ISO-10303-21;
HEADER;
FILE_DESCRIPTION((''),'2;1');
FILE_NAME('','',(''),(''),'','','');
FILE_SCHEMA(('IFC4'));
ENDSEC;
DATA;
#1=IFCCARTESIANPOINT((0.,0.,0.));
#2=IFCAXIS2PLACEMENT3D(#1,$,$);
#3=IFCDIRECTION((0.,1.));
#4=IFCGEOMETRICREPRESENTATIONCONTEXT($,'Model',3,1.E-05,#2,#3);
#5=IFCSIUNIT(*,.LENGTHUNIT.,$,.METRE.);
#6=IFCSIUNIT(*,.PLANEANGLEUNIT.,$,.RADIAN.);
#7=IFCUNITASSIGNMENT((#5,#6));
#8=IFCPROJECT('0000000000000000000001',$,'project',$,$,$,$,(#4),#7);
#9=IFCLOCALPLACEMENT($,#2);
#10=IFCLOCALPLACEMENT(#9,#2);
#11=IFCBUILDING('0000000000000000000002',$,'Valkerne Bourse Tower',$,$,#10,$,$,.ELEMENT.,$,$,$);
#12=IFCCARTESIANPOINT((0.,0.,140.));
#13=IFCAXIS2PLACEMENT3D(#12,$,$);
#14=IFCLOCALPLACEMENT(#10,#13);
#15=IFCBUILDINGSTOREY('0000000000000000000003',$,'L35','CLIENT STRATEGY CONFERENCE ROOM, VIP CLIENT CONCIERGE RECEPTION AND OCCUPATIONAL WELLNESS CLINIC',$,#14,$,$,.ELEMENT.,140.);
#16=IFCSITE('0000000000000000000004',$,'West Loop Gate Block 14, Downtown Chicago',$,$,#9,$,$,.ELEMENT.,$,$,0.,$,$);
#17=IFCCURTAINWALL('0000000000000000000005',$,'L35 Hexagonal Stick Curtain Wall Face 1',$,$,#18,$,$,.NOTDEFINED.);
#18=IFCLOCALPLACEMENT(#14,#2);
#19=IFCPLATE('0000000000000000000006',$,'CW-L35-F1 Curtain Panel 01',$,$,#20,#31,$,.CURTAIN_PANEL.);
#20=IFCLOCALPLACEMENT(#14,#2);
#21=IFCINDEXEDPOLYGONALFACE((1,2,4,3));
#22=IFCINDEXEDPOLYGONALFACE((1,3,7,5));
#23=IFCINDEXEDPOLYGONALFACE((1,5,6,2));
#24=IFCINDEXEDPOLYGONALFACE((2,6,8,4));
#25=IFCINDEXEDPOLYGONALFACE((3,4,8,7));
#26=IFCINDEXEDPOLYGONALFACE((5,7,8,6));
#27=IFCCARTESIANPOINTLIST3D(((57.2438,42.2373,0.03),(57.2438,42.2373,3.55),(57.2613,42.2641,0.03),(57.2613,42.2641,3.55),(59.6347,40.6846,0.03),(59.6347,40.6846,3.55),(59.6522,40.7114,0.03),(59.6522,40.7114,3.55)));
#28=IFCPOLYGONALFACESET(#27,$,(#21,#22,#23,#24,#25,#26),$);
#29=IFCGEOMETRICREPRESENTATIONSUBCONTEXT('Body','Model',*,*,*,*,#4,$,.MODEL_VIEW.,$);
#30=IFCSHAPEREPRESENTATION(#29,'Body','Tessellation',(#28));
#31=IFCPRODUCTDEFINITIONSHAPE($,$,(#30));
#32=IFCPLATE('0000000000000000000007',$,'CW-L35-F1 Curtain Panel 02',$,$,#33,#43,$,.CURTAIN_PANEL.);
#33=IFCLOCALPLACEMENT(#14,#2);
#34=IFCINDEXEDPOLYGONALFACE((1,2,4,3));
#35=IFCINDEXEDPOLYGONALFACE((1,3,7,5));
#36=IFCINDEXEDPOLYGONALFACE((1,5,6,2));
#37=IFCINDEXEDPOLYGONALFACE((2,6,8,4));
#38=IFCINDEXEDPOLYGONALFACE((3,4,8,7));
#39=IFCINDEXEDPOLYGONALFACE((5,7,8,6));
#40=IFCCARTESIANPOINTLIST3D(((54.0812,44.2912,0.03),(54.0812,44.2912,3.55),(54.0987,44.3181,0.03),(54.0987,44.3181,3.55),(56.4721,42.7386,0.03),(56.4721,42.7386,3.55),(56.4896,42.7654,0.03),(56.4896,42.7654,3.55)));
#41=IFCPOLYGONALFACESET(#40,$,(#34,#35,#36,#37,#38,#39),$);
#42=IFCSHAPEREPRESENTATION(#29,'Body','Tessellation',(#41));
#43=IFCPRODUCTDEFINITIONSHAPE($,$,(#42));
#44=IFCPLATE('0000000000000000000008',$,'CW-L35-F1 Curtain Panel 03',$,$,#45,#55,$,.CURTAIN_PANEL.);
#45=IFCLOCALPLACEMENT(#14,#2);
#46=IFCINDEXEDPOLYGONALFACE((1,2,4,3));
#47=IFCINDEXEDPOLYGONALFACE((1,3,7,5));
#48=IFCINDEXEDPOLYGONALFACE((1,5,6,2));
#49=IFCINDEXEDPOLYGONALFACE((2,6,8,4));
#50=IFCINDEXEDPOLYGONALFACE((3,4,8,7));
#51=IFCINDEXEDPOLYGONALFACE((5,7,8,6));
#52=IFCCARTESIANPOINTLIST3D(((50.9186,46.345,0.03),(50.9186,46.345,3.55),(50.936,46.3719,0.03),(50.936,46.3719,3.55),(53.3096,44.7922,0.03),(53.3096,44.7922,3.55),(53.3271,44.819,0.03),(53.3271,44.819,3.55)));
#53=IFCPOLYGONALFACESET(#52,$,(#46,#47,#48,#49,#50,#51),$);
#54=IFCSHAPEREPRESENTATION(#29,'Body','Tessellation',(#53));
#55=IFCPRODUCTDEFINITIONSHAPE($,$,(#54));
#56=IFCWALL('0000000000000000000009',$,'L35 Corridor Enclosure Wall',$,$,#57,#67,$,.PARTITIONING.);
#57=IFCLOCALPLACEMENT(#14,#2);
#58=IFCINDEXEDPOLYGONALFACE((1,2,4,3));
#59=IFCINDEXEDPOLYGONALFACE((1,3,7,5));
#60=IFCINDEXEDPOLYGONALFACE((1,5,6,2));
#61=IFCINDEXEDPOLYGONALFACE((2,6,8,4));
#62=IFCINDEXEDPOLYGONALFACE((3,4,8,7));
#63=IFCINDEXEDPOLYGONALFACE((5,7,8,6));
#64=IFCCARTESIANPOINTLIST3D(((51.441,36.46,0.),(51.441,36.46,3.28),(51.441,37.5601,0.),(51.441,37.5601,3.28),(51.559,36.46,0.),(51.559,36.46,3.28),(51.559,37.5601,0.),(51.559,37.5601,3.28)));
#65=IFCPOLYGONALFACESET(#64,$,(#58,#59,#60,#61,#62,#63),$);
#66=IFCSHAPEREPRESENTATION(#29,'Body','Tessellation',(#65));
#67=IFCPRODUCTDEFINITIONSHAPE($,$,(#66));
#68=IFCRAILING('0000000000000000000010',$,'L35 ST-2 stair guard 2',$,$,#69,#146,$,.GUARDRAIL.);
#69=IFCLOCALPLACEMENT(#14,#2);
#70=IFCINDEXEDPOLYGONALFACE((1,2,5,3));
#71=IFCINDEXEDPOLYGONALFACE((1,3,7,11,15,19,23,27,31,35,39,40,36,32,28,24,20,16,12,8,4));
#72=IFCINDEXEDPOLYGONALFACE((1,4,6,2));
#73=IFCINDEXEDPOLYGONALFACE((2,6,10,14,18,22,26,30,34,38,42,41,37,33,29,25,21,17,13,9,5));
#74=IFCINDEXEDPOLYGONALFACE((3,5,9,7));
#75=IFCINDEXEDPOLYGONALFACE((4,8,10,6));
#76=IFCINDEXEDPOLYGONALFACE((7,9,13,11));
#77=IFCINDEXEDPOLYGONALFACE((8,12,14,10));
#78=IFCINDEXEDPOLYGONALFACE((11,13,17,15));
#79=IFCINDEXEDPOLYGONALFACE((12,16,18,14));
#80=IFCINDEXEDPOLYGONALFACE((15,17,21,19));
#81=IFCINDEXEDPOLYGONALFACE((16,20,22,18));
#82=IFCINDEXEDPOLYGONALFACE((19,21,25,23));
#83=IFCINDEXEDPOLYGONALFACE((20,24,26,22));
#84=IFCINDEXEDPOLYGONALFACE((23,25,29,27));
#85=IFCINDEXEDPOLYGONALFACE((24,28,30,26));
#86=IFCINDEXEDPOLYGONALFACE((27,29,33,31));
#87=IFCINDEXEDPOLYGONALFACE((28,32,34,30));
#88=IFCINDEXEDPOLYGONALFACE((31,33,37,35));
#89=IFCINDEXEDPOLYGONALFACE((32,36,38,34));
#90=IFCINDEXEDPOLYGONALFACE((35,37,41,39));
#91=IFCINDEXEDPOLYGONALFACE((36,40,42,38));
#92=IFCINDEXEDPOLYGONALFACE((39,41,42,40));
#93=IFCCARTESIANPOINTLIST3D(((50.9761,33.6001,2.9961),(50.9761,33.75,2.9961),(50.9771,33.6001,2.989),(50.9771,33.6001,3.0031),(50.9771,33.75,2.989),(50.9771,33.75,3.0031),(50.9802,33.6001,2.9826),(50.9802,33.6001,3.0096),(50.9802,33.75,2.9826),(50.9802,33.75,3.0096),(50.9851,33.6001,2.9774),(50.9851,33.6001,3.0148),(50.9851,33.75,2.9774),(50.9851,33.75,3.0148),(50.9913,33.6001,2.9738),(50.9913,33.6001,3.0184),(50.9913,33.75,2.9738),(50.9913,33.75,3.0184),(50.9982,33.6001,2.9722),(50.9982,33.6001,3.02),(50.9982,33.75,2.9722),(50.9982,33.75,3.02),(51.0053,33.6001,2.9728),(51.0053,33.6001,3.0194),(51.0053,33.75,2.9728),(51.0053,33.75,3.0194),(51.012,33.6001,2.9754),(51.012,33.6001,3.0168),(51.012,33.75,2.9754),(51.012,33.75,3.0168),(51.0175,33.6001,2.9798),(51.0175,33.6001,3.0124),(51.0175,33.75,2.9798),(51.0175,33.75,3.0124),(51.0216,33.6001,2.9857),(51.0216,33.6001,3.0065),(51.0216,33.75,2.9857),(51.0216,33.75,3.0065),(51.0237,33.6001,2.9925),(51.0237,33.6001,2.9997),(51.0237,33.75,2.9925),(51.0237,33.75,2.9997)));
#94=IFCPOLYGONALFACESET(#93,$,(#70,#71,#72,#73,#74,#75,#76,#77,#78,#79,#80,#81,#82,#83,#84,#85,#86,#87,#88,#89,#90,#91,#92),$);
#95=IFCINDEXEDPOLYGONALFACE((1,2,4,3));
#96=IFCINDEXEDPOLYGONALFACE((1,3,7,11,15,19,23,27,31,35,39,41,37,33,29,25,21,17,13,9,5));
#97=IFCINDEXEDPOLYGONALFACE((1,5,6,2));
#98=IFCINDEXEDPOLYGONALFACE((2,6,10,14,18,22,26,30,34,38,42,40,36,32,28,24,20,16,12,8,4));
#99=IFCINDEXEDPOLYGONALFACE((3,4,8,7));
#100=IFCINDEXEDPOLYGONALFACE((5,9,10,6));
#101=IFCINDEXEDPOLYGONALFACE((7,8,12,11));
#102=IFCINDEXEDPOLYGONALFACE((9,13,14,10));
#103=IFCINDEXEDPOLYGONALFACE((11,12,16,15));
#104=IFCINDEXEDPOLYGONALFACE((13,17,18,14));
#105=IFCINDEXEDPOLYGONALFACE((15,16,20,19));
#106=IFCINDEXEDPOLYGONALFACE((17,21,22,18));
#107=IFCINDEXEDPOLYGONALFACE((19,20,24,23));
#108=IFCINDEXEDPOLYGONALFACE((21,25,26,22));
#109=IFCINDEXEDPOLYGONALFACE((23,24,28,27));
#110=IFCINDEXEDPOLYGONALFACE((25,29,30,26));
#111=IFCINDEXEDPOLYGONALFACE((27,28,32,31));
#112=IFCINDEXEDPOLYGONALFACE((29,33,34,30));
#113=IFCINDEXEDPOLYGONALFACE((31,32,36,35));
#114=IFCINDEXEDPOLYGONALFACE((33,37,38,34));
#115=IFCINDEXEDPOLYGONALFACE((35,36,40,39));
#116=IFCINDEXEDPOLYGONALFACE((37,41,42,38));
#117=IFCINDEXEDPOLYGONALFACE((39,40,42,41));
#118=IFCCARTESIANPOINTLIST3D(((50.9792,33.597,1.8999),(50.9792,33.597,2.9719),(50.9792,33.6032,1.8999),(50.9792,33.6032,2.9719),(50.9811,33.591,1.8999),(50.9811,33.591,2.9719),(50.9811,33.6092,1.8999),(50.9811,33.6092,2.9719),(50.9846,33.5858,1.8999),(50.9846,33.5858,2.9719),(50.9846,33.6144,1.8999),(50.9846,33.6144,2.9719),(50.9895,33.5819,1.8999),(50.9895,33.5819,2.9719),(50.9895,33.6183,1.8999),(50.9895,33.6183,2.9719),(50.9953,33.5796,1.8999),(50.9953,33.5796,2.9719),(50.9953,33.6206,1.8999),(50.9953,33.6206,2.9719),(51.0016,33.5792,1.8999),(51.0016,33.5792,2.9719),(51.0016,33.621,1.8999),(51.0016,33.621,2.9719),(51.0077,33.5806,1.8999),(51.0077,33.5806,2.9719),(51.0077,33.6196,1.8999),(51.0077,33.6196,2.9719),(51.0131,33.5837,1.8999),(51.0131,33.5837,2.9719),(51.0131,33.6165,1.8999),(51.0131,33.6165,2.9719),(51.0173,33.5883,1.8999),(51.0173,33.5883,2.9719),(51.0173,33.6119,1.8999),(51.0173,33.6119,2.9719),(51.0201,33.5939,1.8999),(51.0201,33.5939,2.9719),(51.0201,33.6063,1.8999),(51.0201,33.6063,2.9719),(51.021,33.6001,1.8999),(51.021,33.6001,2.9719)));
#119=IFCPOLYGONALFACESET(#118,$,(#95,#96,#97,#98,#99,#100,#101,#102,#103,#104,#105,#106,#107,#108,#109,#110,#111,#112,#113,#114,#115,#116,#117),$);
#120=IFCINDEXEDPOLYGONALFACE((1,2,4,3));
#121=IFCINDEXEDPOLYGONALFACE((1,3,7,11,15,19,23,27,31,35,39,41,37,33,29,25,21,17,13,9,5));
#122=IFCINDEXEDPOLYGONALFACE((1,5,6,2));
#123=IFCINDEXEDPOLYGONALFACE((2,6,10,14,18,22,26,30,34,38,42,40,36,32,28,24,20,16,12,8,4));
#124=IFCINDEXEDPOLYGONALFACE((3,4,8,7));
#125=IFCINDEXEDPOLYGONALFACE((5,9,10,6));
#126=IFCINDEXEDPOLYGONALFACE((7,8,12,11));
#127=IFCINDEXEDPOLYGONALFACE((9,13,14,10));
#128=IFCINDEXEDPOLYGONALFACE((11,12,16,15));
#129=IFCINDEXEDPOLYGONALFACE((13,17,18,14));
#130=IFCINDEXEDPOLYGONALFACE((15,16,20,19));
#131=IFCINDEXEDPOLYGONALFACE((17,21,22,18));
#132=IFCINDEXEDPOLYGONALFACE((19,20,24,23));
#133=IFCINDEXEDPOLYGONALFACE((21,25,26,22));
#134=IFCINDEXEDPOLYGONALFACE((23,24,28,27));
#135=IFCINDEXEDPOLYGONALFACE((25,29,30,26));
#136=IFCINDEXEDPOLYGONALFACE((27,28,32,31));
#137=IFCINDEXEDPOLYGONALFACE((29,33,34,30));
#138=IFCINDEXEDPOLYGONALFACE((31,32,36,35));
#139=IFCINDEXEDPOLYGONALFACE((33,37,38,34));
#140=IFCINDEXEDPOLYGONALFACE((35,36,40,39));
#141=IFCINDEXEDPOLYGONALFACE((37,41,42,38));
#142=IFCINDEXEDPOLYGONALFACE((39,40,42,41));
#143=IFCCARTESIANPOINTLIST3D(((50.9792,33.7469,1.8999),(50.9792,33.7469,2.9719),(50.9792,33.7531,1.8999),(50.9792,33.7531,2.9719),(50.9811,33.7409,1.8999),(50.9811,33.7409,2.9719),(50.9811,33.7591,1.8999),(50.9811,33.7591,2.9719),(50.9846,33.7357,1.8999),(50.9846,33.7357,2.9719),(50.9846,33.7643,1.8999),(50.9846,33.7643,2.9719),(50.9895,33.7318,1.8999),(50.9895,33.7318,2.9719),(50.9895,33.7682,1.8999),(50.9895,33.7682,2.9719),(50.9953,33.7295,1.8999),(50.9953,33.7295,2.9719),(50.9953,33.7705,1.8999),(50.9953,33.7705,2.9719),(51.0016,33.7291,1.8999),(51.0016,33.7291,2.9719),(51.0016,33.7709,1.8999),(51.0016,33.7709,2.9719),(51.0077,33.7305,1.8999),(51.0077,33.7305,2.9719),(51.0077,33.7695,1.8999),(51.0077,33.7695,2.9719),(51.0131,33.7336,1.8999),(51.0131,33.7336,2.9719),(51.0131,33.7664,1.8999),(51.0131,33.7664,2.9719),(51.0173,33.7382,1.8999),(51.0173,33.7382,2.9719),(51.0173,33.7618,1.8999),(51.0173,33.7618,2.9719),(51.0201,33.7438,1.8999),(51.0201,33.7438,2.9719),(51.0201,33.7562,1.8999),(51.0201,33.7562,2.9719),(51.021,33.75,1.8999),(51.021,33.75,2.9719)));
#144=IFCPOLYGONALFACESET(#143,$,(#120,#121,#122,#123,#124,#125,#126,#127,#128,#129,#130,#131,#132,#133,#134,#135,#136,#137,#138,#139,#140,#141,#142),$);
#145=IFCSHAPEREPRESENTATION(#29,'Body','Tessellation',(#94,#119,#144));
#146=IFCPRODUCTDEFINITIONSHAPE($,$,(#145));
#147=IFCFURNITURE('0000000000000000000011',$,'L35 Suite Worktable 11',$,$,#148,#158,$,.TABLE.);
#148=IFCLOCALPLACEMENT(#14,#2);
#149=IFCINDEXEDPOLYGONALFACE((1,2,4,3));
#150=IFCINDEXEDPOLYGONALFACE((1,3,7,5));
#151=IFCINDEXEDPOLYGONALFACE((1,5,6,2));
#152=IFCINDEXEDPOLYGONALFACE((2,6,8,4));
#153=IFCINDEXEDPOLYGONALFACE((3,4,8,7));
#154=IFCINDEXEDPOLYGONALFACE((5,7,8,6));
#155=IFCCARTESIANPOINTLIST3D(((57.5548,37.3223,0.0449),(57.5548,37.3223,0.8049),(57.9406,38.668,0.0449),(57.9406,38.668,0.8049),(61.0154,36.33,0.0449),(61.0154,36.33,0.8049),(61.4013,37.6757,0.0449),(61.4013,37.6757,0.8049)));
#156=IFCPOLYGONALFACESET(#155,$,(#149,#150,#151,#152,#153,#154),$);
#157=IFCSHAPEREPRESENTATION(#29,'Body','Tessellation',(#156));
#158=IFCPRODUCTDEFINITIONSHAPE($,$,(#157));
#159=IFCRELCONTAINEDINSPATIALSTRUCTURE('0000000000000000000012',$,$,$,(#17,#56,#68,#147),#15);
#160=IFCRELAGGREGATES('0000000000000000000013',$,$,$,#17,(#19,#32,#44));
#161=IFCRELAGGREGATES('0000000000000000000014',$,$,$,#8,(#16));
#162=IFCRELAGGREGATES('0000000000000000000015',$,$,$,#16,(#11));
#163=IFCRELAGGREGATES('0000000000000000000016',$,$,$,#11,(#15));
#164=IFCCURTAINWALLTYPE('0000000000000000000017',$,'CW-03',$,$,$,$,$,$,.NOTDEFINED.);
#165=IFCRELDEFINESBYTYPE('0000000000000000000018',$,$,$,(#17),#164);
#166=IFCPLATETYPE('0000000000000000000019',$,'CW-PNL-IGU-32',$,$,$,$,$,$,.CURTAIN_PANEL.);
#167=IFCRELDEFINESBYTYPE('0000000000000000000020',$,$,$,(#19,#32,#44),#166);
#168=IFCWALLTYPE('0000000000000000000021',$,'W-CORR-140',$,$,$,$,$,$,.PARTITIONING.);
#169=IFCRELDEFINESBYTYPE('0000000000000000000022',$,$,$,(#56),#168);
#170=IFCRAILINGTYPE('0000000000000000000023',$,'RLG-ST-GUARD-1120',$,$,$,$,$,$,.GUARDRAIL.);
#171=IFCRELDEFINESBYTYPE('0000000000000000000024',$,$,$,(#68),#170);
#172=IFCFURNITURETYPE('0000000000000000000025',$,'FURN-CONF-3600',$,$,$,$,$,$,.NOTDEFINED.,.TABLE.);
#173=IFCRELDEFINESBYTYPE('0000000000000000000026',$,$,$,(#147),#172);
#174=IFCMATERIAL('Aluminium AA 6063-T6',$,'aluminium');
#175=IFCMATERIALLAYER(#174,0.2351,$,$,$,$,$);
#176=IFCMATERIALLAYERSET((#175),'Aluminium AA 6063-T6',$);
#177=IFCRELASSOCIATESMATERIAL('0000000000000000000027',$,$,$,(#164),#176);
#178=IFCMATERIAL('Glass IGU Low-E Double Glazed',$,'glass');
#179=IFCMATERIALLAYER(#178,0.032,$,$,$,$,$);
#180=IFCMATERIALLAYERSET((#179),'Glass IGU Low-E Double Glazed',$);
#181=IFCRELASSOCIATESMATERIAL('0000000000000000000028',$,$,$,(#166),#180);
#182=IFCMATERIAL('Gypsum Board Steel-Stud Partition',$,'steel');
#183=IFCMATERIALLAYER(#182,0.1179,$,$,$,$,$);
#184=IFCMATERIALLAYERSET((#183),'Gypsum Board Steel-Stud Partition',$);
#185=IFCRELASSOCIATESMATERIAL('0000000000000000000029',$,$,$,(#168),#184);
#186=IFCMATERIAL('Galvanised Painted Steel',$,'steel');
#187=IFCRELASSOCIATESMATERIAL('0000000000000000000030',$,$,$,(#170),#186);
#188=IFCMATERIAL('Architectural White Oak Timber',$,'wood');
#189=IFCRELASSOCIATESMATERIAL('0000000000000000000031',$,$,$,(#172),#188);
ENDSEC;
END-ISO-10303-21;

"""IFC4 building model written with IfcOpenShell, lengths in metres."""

from ifc_helpers import new_model, si_unit, direction, frame, frame_2d, origin, origin_2d, place, context, subcontext, project, spatial, rectangle, circle, extrude, material, layer, layer_set, type_object, element, aggregate, save


model = new_model("IFC4")

# Units and contexts
model_context = context("Model", 3, precision=1e-05, world=origin(), true_north=direction((0.0, 1.0)))
body_context = subcontext(model_context, "Body", "Model", "MODEL_VIEW")
ifc_project = project(units=[si_unit("LENGTHUNIT", "METRE"), si_unit("PLANEANGLEUNIT", "RADIAN")], contexts=[model_context])

# Site, building, storey
site_placement = place(None, origin())
site = spatial("IfcSite", under=ifc_project, at=site_placement, Name="West Loop Gate Block 14, Downtown Chicago", CompositionType="ELEMENT", RefElevation=0.0)
building_placement = place(site_placement, origin())
building = spatial("IfcBuilding", under=site, at=building_placement, Name="Valkerne Bourse Tower", CompositionType="ELEMENT")
storey_placement = place(building_placement, frame((0.0, 0.0, 140.0)))
storey = spatial("IfcBuildingStorey", under=building, at=storey_placement, Name="L35", Description="CLIENT STRATEGY CONFERENCE ROOM, VIP CLIENT CONCIERGE RECEPTION AND OCCUPATIONAL WELLNESS CLINIC", CompositionType="ELEMENT", Elevation=140.0)

# Curtain wall
ifc_material_1 = material(Name="Aluminium AA 6063-T6", Category="aluminium")
ifc_layer_1 = layer(ifc_material_1, 0.2351)
ifc_layer_set_1 = layer_set([ifc_layer_1], Name="Aluminium AA 6063-T6")
curtain_wall_type = type_object("IfcCurtainWallType", Name="CW-03", PredefinedType="NOTDEFINED", material=ifc_layer_set_1)
curtain_wall_placement = place(storey_placement, origin())
curtain_wall = element("IfcCurtainWall", 1, at=curtain_wall_placement, inside=storey, type_object=curtain_wall_type, Name="L35 Hexagonal Stick Curtain Wall Face 1", PredefinedType="NOTDEFINED")

# Plates
ifc_material_2 = material(Name="Glass IGU Low-E Double Glazed", Category="glass")
ifc_layer_2 = layer(ifc_material_2, 0.032)
ifc_layer_set_2 = layer_set([ifc_layer_2], Name="Glass IGU Low-E Double Glazed")
plate_type = type_object("IfcPlateType", Name="CW-PNL-IGU-32", PredefinedType="CURTAIN_PANEL", material=ifc_layer_set_2)
plate_1_placement = place(storey_placement, frame((58.448, 41.4744, 0.03), z_axis=(0.0, 0.0, 1.0), x_axis=(-0.838673, 0.544636, 0.0)))
plate_1 = element("IfcPlate", 2, at=plate_1_placement, type_object=plate_type, Name="CW-L35-F1 Curtain Panel 01", PredefinedType="CURTAIN_PANEL", context=body_context, shape_type="SweptSolid", body=[
    extrude(rectangle(XDim=2.8508, YDim=0.032, at=origin_2d()), origin(), (0.0, 0.0, 1.0), 3.52),
])
plate_2_placement = place(storey_placement, frame((55.2854, 43.5283, 0.03), z_axis=(0.0, 0.0, 1.0), x_axis=(-0.838673, 0.544636, 0.0)))
plate_2 = element("IfcPlate", 3, at=plate_2_placement, type_object=plate_type, Name="CW-L35-F1 Curtain Panel 02", PredefinedType="CURTAIN_PANEL", context=body_context, shape_type="SweptSolid", body=[
    extrude(rectangle(XDim=2.8508, YDim=0.032, at=origin_2d()), origin(), (0.0, 0.0, 1.0), 3.52),
])
plate_3_placement = place(storey_placement, frame((52.1228, 45.582, 0.03), z_axis=(0.0, 0.0, 1.0), x_axis=(-0.83866, 0.544655, 0.0)))
plate_3 = element("IfcPlate", 4, at=plate_3_placement, type_object=plate_type, Name="CW-L35-F1 Curtain Panel 03", PredefinedType="CURTAIN_PANEL", context=body_context, shape_type="SweptSolid", body=[
    extrude(rectangle(XDim=2.8511, YDim=0.032, at=origin_2d()), origin(), (0.0, 0.0, 1.0), 3.52),
])
aggregate(curtain_wall, [plate_1, plate_2, plate_3])

# Wall
ifc_material_3 = material(Name="Gypsum Board Steel-Stud Partition", Category="steel")
ifc_layer_3 = layer(ifc_material_3, 0.1179)
ifc_layer_set_3 = layer_set([ifc_layer_3], Name="Gypsum Board Steel-Stud Partition")
wall_type = type_object("IfcWallType", Name="W-CORR-140", PredefinedType="PARTITIONING", material=ifc_layer_set_3)
wall_placement = place(storey_placement, frame((51.5, 37.5601, 0.0), z_axis=(0.0, 0.0, 1.0), x_axis=(0.0, -1.0, 0.0)))
element("IfcWall", 5, at=wall_placement, inside=storey, type_object=wall_type, Name="L35 Corridor Enclosure Wall", PredefinedType="PARTITIONING", context=body_context, shape_type="SweptSolid", body=[
    extrude(rectangle(XDim=1.1001, YDim=0.1179, at=frame_2d((0.55, 0.0))), origin(), (0.0, 0.0, 1.0), 3.28),
])

# Railing
ifc_material_4 = material(Name="Galvanised Painted Steel", Category="steel")
railing_type = type_object("IfcRailingType", Name="RLG-ST-GUARD-1120", PredefinedType="GUARDRAIL", material=ifc_material_4)
railing_placement = place(storey_placement, frame((51.0, 33.6001, 1.8999)))
element("IfcRailing", 6, at=railing_placement, inside=storey, type_object=railing_type, Name="L35 ST-2 stair guard 2", PredefinedType="GUARDRAIL", context=body_context, shape_type="SweptSolid", body=[
    extrude(circle(Radius=0.0239, at=origin_2d()), frame((0.0, 0.0, 1.0962), z_axis=(0.0, 1.0, 0.0), x_axis=(-1.0, 0.0, 0.0)), (0.0, 0.0, 1.0), 0.1499),
    extrude(circle(Radius=0.021, at=origin_2d()), origin(), (0.0, 0.0, 1.0), 1.072),
    extrude(circle(Radius=0.021, at=origin_2d()), frame((0.0, 0.1499, 0.0)), (0.0, 0.0, 1.0), 1.072),
])

# Furniture
ifc_material_5 = material(Name="Architectural White Oak Timber", Category="wood")
furniture_type = type_object("IfcFurnitureType", Name="FURN-CONF-3600", AssemblyPlace="NOTDEFINED", PredefinedType="TABLE", material=ifc_material_5)
furniture_placement = place(storey_placement, frame((59.478, 37.499, 0.0449), z_axis=(0.0, 0.0, 1.0), x_axis=(-0.961262, 0.275637, 0.0)))
element("IfcFurniture", 7, at=furniture_placement, inside=storey, type_object=furniture_type, Name="L35 Suite Worktable 11", PredefinedType="TABLE", context=body_context, shape_type="SweptSolid", body=[
    extrude(rectangle(XDim=3.6001, YDim=1.3999, at=origin_2d()), origin(), (0.0, 0.0, 1.0), 0.76),
])

save(model, "model.ifc")
